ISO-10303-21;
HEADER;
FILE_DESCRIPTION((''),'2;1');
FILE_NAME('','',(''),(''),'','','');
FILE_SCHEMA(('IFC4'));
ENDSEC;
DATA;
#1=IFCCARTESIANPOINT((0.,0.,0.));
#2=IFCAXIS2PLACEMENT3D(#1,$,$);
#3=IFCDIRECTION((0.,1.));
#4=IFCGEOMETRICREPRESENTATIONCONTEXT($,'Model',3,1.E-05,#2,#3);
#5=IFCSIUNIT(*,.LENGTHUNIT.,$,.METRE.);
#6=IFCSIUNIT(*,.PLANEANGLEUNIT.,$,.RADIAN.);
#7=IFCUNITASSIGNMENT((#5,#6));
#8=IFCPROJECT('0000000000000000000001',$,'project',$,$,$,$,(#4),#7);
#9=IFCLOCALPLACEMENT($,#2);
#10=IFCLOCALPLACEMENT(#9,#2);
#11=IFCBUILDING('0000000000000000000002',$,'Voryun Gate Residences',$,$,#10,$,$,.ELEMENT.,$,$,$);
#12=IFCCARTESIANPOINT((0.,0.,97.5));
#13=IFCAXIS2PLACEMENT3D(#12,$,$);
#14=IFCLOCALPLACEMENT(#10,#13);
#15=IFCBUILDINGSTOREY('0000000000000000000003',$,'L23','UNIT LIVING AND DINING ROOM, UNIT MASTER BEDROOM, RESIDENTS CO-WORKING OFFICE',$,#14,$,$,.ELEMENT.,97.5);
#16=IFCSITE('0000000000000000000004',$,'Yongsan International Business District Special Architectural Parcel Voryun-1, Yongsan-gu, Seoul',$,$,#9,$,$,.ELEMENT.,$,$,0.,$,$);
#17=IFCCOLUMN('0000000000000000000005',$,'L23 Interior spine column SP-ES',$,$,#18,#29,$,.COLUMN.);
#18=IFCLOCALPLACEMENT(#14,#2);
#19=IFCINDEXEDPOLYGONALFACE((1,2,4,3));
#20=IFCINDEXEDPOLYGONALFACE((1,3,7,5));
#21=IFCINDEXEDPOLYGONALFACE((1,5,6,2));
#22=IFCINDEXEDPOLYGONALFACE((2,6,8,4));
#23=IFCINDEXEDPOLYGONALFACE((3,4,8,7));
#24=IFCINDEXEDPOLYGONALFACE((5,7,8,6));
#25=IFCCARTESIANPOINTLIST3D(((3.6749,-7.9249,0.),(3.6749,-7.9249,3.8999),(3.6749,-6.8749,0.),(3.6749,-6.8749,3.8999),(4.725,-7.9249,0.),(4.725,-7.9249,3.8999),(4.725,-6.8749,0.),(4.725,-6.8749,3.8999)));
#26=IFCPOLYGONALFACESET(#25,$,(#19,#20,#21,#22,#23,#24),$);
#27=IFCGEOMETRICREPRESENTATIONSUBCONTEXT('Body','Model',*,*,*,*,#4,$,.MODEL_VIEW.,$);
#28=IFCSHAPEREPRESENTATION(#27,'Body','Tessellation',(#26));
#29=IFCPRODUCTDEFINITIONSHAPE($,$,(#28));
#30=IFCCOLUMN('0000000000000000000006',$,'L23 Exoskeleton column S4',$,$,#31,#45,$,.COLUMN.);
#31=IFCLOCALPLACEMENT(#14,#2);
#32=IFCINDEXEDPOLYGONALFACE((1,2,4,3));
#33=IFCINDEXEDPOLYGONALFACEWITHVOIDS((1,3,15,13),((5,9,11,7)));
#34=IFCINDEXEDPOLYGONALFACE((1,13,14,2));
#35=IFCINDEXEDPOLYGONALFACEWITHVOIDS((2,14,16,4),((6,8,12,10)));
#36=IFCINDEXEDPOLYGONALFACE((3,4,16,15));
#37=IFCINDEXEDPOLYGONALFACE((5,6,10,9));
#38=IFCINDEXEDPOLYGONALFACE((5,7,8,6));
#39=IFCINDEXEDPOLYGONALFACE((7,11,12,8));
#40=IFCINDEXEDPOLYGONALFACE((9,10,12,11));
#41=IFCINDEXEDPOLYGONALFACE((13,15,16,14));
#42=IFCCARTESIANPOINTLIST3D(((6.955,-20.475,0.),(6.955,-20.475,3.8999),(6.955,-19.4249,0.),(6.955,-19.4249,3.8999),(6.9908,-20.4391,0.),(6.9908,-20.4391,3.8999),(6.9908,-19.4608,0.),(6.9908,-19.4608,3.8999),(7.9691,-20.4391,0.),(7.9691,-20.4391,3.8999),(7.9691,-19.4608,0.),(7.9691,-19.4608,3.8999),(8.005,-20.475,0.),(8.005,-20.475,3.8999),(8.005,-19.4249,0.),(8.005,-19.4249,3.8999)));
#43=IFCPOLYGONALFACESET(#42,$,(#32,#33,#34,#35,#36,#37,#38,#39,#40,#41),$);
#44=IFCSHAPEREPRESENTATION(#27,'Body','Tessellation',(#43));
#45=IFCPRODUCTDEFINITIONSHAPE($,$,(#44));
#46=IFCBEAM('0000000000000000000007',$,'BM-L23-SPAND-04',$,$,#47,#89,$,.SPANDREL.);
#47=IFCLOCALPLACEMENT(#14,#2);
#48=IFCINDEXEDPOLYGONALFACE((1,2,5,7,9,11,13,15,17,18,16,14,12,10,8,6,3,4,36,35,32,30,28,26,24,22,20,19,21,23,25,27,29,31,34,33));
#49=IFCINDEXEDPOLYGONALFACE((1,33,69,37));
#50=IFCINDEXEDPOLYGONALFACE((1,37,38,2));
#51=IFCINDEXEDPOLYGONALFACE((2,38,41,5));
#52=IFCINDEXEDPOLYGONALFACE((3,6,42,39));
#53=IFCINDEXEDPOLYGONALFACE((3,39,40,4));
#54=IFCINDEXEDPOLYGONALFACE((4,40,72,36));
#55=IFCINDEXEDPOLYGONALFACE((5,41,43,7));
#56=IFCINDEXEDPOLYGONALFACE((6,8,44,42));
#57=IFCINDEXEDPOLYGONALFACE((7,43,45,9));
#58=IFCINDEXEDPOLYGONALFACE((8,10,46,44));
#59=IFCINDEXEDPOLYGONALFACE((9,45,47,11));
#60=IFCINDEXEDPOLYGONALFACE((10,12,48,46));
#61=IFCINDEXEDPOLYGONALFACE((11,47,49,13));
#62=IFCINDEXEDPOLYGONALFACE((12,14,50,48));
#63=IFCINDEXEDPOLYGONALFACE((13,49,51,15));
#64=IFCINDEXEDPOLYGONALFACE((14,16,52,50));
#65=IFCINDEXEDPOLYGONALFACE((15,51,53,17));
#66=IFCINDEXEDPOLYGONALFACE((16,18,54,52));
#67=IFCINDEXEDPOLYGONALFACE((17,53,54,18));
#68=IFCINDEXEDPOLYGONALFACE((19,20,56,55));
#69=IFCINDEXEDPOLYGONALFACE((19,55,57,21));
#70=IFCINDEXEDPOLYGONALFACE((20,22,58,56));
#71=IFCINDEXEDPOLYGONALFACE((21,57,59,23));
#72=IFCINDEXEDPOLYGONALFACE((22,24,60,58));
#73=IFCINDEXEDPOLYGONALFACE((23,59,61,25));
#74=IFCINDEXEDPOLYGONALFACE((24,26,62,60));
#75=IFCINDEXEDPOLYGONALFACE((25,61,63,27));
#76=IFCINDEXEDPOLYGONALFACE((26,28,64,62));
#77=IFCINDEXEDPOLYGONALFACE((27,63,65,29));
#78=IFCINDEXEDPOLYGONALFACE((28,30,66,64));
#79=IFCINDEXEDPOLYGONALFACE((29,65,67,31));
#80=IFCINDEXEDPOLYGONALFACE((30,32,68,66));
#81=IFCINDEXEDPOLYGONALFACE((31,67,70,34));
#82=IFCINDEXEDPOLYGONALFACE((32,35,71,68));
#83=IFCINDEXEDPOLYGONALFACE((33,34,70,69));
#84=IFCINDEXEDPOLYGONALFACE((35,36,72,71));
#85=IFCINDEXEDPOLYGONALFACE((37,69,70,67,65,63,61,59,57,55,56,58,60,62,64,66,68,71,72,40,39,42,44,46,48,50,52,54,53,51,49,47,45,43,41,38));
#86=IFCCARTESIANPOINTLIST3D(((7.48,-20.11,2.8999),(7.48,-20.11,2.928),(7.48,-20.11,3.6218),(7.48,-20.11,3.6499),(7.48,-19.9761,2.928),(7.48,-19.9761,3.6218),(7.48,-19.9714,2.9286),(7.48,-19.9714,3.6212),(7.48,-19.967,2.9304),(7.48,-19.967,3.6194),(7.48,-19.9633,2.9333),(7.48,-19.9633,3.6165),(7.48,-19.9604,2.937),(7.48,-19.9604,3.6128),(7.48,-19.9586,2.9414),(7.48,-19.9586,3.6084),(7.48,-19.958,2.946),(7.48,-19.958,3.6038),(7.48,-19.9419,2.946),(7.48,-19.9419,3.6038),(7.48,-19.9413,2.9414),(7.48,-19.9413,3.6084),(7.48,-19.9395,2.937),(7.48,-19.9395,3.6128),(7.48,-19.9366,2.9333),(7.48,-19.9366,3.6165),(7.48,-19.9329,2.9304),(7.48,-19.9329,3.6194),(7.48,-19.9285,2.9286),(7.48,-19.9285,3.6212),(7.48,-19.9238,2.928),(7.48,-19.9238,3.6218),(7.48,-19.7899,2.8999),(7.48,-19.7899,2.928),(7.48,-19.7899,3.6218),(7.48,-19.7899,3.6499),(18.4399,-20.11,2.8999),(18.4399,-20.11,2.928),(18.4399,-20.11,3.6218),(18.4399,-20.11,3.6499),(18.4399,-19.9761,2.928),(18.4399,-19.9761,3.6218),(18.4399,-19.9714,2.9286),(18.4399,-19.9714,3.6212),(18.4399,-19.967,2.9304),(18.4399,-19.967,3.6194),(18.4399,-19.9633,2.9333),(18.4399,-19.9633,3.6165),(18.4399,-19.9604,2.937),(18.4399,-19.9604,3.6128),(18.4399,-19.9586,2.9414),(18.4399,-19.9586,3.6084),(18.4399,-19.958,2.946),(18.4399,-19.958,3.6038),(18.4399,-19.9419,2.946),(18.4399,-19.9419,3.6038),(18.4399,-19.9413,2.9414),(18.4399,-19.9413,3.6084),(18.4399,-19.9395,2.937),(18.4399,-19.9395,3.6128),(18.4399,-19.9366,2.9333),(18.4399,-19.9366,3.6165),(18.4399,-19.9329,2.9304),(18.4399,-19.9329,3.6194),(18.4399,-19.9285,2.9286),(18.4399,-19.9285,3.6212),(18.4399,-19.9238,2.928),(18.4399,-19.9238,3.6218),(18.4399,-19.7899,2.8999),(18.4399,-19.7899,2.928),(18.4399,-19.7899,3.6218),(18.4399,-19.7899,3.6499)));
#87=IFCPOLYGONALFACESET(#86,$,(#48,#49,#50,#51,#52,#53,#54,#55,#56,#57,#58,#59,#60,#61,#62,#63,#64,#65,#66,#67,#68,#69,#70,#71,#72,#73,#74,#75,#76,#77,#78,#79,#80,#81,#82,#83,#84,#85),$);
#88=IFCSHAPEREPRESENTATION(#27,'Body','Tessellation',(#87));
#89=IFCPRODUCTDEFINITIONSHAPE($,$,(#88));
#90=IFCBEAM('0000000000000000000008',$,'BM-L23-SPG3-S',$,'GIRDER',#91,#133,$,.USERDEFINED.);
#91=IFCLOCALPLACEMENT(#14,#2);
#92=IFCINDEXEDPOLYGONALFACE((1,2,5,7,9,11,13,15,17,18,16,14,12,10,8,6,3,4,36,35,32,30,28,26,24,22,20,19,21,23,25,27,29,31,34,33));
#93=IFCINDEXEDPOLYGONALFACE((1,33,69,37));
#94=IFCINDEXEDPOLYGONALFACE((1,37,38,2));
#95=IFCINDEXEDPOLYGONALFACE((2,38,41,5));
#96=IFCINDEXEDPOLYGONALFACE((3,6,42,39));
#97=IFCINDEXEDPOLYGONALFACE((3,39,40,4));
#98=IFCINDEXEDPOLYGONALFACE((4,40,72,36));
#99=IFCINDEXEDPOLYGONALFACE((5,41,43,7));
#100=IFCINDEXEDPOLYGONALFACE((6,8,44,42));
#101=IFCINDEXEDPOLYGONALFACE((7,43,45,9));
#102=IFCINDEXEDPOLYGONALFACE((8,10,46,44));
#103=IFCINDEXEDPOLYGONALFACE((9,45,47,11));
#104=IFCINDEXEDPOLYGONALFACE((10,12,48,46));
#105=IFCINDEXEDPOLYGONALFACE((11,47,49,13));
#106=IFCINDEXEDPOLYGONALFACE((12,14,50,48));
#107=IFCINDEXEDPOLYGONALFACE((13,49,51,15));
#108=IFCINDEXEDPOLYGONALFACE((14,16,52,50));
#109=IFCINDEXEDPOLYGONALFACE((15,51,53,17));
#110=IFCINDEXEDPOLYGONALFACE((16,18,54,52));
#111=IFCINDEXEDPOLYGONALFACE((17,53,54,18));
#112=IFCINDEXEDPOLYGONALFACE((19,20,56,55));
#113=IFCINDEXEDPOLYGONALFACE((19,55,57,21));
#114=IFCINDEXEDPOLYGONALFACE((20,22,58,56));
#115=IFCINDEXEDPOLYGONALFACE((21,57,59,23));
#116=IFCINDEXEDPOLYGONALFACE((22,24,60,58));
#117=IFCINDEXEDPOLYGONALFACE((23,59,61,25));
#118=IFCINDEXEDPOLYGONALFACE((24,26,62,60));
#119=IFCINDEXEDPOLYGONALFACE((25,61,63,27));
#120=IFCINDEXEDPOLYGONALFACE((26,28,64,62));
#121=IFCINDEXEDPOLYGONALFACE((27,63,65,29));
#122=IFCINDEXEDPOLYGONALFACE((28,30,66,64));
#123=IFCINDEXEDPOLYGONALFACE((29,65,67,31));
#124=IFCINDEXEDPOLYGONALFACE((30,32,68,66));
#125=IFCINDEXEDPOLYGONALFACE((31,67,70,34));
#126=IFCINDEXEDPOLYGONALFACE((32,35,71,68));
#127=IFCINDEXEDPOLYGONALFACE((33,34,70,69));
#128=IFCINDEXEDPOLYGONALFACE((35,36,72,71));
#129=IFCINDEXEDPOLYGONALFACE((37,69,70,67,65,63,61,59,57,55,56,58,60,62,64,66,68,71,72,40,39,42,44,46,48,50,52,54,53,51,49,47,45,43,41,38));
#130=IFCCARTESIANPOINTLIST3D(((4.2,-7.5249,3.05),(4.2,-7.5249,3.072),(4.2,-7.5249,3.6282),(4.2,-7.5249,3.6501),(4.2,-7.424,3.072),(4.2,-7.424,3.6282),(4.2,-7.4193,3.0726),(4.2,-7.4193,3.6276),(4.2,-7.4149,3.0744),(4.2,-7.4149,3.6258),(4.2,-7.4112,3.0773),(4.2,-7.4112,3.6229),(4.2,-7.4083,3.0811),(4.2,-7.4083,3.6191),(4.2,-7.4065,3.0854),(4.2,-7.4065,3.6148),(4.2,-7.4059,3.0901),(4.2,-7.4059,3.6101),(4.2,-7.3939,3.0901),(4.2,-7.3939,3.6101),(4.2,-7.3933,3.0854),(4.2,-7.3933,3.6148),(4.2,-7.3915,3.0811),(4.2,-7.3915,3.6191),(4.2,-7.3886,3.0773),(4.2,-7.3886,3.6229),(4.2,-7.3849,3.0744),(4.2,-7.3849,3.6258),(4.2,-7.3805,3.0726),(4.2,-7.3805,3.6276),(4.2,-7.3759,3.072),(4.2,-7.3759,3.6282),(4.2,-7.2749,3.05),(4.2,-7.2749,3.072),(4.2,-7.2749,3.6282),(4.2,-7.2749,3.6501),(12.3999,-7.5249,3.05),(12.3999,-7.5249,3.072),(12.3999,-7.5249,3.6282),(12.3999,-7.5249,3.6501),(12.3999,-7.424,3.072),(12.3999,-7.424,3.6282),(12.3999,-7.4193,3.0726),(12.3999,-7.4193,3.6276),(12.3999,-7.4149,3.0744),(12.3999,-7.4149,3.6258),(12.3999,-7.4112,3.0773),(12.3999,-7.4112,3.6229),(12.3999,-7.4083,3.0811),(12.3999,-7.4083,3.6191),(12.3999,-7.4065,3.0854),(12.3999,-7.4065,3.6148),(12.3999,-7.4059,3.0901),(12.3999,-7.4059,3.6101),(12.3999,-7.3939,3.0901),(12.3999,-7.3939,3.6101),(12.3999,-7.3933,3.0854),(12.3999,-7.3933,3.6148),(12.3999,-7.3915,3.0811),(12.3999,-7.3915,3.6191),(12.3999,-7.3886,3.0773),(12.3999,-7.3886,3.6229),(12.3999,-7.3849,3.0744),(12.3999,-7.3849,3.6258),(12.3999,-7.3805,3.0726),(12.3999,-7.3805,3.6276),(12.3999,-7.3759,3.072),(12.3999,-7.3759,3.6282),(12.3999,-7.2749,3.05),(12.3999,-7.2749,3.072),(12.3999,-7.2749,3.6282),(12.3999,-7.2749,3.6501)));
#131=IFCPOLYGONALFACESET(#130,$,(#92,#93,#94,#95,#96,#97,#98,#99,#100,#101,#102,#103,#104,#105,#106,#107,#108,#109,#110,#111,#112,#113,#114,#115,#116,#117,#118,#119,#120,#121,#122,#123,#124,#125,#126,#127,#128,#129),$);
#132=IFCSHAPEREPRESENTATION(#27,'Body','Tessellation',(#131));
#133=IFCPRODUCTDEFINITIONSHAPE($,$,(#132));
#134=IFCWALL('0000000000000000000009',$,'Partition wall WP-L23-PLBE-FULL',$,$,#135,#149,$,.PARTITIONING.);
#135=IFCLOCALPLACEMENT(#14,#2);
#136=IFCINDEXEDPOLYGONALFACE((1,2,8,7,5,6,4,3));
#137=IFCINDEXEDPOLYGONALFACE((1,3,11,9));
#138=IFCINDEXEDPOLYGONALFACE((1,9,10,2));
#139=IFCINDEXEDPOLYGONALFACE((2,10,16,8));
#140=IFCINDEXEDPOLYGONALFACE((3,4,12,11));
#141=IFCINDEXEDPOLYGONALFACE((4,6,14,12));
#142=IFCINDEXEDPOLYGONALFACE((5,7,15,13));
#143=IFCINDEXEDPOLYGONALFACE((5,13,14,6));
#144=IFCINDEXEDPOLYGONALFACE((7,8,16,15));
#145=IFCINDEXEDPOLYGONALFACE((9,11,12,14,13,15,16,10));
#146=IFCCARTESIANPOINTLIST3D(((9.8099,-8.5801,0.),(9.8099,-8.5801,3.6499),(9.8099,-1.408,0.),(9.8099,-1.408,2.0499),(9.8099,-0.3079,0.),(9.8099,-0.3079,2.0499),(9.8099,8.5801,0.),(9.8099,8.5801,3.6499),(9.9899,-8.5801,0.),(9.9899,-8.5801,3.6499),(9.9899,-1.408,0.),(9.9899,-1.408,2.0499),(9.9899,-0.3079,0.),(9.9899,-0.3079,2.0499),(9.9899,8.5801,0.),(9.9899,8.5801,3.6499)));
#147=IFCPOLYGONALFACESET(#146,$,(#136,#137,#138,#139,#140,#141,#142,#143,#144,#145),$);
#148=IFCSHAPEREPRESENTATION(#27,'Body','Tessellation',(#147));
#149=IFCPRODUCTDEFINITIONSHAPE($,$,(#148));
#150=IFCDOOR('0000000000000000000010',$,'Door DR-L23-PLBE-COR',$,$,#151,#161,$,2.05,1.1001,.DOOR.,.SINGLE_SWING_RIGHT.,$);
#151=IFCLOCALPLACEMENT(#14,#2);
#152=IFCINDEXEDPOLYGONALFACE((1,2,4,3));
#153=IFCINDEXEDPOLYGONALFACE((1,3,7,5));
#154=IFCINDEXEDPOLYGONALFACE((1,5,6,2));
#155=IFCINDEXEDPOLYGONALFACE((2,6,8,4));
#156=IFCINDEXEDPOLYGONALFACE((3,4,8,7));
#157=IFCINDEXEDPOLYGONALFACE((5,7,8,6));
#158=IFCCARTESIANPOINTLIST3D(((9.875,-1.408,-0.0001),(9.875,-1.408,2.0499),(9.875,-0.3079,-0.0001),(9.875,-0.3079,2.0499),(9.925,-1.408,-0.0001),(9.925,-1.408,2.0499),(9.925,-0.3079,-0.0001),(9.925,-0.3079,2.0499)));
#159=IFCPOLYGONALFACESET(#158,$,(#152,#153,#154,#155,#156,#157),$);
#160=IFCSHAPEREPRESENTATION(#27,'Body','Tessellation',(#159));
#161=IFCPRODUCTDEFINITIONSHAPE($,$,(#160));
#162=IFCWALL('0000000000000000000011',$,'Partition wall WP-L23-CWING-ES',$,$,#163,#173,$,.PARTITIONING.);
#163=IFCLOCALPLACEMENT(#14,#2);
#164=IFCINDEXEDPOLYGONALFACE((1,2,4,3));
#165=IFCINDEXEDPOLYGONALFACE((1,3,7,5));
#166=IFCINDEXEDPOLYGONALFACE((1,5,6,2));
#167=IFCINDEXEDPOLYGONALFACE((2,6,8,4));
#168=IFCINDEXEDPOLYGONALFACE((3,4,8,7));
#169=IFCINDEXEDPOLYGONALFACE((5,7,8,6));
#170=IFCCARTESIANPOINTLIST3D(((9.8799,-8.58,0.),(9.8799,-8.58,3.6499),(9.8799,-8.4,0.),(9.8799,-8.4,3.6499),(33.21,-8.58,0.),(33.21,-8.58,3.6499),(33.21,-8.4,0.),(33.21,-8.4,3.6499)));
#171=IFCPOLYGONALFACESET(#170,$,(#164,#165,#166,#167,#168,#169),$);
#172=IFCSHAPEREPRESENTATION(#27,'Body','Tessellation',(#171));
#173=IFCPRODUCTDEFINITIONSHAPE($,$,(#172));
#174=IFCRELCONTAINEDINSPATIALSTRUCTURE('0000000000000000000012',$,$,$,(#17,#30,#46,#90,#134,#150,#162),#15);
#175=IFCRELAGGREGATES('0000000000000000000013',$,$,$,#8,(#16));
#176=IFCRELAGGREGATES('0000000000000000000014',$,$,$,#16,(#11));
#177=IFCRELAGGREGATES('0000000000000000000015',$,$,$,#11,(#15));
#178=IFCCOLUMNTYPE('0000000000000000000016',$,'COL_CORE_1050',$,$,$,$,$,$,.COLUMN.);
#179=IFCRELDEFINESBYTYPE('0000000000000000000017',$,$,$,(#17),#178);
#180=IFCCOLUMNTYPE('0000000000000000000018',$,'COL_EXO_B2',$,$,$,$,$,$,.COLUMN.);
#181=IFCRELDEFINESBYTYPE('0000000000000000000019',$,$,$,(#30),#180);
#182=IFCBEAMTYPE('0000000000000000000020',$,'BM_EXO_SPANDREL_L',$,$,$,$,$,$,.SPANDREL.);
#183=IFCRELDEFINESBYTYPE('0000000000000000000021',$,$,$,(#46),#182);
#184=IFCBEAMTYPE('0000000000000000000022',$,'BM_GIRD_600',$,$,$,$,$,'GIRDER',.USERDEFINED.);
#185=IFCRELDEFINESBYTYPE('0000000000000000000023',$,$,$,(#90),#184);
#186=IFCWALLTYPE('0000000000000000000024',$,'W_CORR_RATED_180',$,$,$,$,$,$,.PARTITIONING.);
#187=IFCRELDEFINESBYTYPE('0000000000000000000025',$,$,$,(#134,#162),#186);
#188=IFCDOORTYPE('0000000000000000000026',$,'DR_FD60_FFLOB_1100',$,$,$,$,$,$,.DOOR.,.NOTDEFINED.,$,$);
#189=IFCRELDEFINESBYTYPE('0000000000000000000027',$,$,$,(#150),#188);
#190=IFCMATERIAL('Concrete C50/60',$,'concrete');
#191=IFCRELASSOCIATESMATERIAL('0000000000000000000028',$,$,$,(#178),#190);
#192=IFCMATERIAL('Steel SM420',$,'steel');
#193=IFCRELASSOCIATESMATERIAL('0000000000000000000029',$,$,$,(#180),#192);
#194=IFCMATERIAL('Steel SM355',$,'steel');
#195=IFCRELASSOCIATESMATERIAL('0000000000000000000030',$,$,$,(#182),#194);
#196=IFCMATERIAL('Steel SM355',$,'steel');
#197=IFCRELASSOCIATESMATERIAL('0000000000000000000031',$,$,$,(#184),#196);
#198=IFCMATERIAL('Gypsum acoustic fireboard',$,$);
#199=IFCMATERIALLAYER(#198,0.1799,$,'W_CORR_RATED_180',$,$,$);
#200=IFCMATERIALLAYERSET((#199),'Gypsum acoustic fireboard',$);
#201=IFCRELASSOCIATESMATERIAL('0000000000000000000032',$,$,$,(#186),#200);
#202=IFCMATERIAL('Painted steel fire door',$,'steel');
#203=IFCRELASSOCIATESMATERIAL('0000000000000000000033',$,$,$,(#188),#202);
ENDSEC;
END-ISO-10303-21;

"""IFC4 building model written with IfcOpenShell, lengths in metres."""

from ifc_helpers import new_model, si_unit, direction, frame, frame_2d, origin, origin_2d, place, context, subcontext, project, spatial, rectangle, hollow_rectangle, i_section, extrude, material, layer, layer_set, material_profile, profile_set, type_object, element, fill, save


model = new_model("IFC4")

# Units and contexts
model_context = context("Model", 3, precision=1e-05, world=origin(), true_north=direction((0.0, 1.0)))
body_context = subcontext(model_context, "Body", "Model", "MODEL_VIEW")
ifc_project = project(units=[si_unit("LENGTHUNIT", "METRE"), si_unit("PLANEANGLEUNIT", "RADIAN")], contexts=[model_context])

# Site, building, storey
site_placement = place(None, origin())
site = spatial("IfcSite", under=ifc_project, at=site_placement, Name="Yongsan International Business District Special Architectural Parcel Voryun-1, Yongsan-gu, Seoul", CompositionType="ELEMENT", RefElevation=0.0)
building_placement = place(site_placement, origin())
building = spatial("IfcBuilding", under=site, at=building_placement, Name="Voryun Gate Residences", CompositionType="ELEMENT")
storey_placement = place(building_placement, frame((0.0, 0.0, 97.5)))
storey = spatial("IfcBuildingStorey", under=building, at=storey_placement, Name="L23", Description="UNIT LIVING AND DINING ROOM, UNIT MASTER BEDROOM, RESIDENTS CO-WORKING OFFICE", CompositionType="ELEMENT", Elevation=97.5)

# Columns
ifc_material_1 = material(Name="Concrete C50/60", Category="concrete")
ifc_material_profile_1 = material_profile(ifc_material_1, rectangle(XDim=1.05, YDim=1.05, at=origin_2d()), Name="RC-1050x1050")
ifc_profile_set_1 = profile_set([ifc_material_profile_1], Name="Concrete C50/60")
column_type_1 = type_object("IfcColumnType", Name="COL_CORE_1050", PredefinedType="COLUMN", material=ifc_profile_set_1)
column_1_placement = place(storey_placement, frame((4.2, -7.3999, 0.0), z_axis=(0.0, 0.0, 1.0), x_axis=(1.0, 0.0, 0.0)))
element("IfcColumn", 1, at=column_1_placement, inside=storey, type_object=column_type_1, Name="L23 Interior spine column SP-ES", PredefinedType="COLUMN", context=body_context, shape_type="SweptSolid", body=[
    extrude(rectangle(XDim=1.05, YDim=1.05, at=origin_2d()), origin(), (0.0, 0.0, 1.0), 3.8999),
])
ifc_material_2 = material(Name="Steel SM420", Category="steel")
ifc_material_profile_2 = material_profile(ifc_material_2, hollow_rectangle(XDim=1.05, YDim=1.05, WallThickness=0.0359, at=origin_2d()), Name="BOX-1050x1050x36")
ifc_profile_set_2 = profile_set([ifc_material_profile_2], Name="Steel SM420")
column_type_2 = type_object("IfcColumnType", Name="COL_EXO_B2", PredefinedType="COLUMN", material=ifc_profile_set_2)
column_2_placement = place(storey_placement, frame((7.48, -19.95, 0.0), z_axis=(0.0, 0.0, 1.0), x_axis=(1.0, 0.0, 0.0)))
element("IfcColumn", 2, at=column_2_placement, inside=storey, type_object=column_type_2, Name="L23 Exoskeleton column S4", PredefinedType="COLUMN", context=body_context, shape_type="SweptSolid", body=[
    extrude(hollow_rectangle(XDim=1.05, YDim=1.05, WallThickness=0.0359, at=origin_2d()), origin(), (0.0, 0.0, 1.0), 3.8999),
])

# Beams
ifc_material_3 = material(Name="Steel SM355", Category="steel")
ifc_material_profile_3 = material_profile(ifc_material_3, i_section(OverallWidth=0.3201, OverallDepth=0.75, WebThickness=0.0161, FlangeThickness=0.0281, FilletRadius=0.0181, at=origin_2d()), Name="H-750x320x16x28")
ifc_profile_set_3 = profile_set([ifc_material_profile_3], Name="Steel SM355")
beam_type_1 = type_object("IfcBeamType", Name="BM_EXO_SPANDREL_L", PredefinedType="SPANDREL", material=ifc_profile_set_3)
beam_1_placement = place(storey_placement, frame((7.48, -19.95, 3.2749), z_axis=(1.0, 0.0, 0.0), x_axis=(0.0, 1.0, 0.0)))
element("IfcBeam", 3, at=beam_1_placement, inside=storey, type_object=beam_type_1, Name="BM-L23-SPAND-04", PredefinedType="SPANDREL", context=body_context, shape_type="SweptSolid", body=[
    extrude(i_section(OverallWidth=0.3201, OverallDepth=0.75, WebThickness=0.0161, FlangeThickness=0.0281, FilletRadius=0.0181, at=origin_2d()), origin(), (0.0, 0.0, 1.0), 10.96),
])
ifc_material_4 = material(Name="Steel SM355", Category="steel")
ifc_material_profile_4 = material_profile(ifc_material_4, i_section(OverallWidth=0.25, OverallDepth=0.6001, WebThickness=0.012, FlangeThickness=0.022, FilletRadius=0.0181, at=origin_2d()), Name="H-600x250x12x22")
ifc_profile_set_4 = profile_set([ifc_material_profile_4], Name="Steel SM355")
beam_type_2 = type_object("IfcBeamType", Name="BM_GIRD_600", ElementType="GIRDER", PredefinedType="USERDEFINED", material=ifc_profile_set_4)
beam_2_placement = place(storey_placement, frame((4.2, -7.3999, 3.3501), z_axis=(1.0, 0.0, 0.0), x_axis=(0.0, 1.0, 0.0)))
element("IfcBeam", 4, at=beam_2_placement, inside=storey, type_object=beam_type_2, Name="BM-L23-SPG3-S", ObjectType="GIRDER", PredefinedType="USERDEFINED", context=body_context, shape_type="SweptSolid", body=[
    extrude(i_section(OverallWidth=0.25, OverallDepth=0.6001, WebThickness=0.012, FlangeThickness=0.022, FilletRadius=0.0181, at=origin_2d()), origin(), (0.0, 0.0, 1.0), 8.2),
])

# Wall, opening, door
ifc_material_5 = material(Name="Gypsum acoustic fireboard")
ifc_layer_1 = layer(ifc_material_5, 0.1799, Name="W_CORR_RATED_180")
ifc_layer_set_1 = layer_set([ifc_layer_1], Name="Gypsum acoustic fireboard")
wall_type_1 = type_object("IfcWallType", Name="W_CORR_RATED_180", PredefinedType="PARTITIONING", material=ifc_layer_set_1)
wall_1_placement = place(storey_placement, frame((9.8999, -8.5801, 0.0), z_axis=(0.0, 0.0, 1.0), x_axis=(0.0, 1.0, 0.0)))
wall_1 = element("IfcWall", 5, at=wall_1_placement, inside=storey, type_object=wall_type_1, Name="Partition wall WP-L23-PLBE-FULL", PredefinedType="PARTITIONING", context=body_context, shape_type="SweptSolid", body=[
    extrude(rectangle(XDim=17.1602, YDim=0.1799, at=frame_2d((8.5801, 0.0))), origin(), (0.0, 0.0, 1.0), 3.6499),
])
opening_1_placement = place(wall_1_placement, frame((7.1721, 0.0, 0.0)))
opening_1 = element("IfcOpeningElement", 6, at=opening_1_placement, cuts=wall_1, PredefinedType="OPENING", context=body_context, shape_type="SweptSolid", body=[
    extrude(rectangle(XDim=1.1001, YDim=2.05, at=frame_2d((0.55, 1.0249))), frame((0.0, 0.0999, 0.0), z_axis=(0.0, -1.0, 0.0), x_axis=(1.0, 0.0, 0.0)), (0.0, 0.0, 1.0), 0.2),
])
ifc_material_6 = material(Name="Painted steel fire door", Category="steel")
door_type_1 = type_object("IfcDoorType", Name="DR_FD60_FFLOB_1100", OperationType="NOTDEFINED", PredefinedType="DOOR", material=ifc_material_6)
door_1_placement = place(opening_1_placement, origin())
door_1 = element("IfcDoor", 7, at=door_1_placement, inside=storey, type_object=door_type_1, Name="Door DR-L23-PLBE-COR", OperationType="SINGLE_SWING_RIGHT", OverallHeight=2.05, OverallWidth=1.1001, PredefinedType="DOOR", context=body_context, shape_type="SweptSolid", body=[
    extrude(rectangle(XDim=1.1001, YDim=2.05, at=frame_2d((0.55, 1.0249))), frame((0.0, 0.0249, 0.0), z_axis=(0.0, -1.0, 0.0), x_axis=(1.0, 0.0, 0.0)), (0.0, 0.0, 1.0), 0.05),
])
fill(opening_1, door_1)

# Wall
wall_2_placement = place(storey_placement, frame((9.8799, -8.49, 0.0), z_axis=(0.0, 0.0, 1.0), x_axis=(1.0, 0.0, 0.0)))
element("IfcWall", 8, at=wall_2_placement, inside=storey, type_object=wall_type_1, Name="Partition wall WP-L23-CWING-ES", PredefinedType="PARTITIONING", context=body_context, shape_type="SweptSolid", body=[
    extrude(rectangle(XDim=23.3301, YDim=0.1799, at=frame_2d((11.665, 0.0))), origin(), (0.0, 0.0, 1.0), 3.6499),
])

save(model, "model.ifc")
